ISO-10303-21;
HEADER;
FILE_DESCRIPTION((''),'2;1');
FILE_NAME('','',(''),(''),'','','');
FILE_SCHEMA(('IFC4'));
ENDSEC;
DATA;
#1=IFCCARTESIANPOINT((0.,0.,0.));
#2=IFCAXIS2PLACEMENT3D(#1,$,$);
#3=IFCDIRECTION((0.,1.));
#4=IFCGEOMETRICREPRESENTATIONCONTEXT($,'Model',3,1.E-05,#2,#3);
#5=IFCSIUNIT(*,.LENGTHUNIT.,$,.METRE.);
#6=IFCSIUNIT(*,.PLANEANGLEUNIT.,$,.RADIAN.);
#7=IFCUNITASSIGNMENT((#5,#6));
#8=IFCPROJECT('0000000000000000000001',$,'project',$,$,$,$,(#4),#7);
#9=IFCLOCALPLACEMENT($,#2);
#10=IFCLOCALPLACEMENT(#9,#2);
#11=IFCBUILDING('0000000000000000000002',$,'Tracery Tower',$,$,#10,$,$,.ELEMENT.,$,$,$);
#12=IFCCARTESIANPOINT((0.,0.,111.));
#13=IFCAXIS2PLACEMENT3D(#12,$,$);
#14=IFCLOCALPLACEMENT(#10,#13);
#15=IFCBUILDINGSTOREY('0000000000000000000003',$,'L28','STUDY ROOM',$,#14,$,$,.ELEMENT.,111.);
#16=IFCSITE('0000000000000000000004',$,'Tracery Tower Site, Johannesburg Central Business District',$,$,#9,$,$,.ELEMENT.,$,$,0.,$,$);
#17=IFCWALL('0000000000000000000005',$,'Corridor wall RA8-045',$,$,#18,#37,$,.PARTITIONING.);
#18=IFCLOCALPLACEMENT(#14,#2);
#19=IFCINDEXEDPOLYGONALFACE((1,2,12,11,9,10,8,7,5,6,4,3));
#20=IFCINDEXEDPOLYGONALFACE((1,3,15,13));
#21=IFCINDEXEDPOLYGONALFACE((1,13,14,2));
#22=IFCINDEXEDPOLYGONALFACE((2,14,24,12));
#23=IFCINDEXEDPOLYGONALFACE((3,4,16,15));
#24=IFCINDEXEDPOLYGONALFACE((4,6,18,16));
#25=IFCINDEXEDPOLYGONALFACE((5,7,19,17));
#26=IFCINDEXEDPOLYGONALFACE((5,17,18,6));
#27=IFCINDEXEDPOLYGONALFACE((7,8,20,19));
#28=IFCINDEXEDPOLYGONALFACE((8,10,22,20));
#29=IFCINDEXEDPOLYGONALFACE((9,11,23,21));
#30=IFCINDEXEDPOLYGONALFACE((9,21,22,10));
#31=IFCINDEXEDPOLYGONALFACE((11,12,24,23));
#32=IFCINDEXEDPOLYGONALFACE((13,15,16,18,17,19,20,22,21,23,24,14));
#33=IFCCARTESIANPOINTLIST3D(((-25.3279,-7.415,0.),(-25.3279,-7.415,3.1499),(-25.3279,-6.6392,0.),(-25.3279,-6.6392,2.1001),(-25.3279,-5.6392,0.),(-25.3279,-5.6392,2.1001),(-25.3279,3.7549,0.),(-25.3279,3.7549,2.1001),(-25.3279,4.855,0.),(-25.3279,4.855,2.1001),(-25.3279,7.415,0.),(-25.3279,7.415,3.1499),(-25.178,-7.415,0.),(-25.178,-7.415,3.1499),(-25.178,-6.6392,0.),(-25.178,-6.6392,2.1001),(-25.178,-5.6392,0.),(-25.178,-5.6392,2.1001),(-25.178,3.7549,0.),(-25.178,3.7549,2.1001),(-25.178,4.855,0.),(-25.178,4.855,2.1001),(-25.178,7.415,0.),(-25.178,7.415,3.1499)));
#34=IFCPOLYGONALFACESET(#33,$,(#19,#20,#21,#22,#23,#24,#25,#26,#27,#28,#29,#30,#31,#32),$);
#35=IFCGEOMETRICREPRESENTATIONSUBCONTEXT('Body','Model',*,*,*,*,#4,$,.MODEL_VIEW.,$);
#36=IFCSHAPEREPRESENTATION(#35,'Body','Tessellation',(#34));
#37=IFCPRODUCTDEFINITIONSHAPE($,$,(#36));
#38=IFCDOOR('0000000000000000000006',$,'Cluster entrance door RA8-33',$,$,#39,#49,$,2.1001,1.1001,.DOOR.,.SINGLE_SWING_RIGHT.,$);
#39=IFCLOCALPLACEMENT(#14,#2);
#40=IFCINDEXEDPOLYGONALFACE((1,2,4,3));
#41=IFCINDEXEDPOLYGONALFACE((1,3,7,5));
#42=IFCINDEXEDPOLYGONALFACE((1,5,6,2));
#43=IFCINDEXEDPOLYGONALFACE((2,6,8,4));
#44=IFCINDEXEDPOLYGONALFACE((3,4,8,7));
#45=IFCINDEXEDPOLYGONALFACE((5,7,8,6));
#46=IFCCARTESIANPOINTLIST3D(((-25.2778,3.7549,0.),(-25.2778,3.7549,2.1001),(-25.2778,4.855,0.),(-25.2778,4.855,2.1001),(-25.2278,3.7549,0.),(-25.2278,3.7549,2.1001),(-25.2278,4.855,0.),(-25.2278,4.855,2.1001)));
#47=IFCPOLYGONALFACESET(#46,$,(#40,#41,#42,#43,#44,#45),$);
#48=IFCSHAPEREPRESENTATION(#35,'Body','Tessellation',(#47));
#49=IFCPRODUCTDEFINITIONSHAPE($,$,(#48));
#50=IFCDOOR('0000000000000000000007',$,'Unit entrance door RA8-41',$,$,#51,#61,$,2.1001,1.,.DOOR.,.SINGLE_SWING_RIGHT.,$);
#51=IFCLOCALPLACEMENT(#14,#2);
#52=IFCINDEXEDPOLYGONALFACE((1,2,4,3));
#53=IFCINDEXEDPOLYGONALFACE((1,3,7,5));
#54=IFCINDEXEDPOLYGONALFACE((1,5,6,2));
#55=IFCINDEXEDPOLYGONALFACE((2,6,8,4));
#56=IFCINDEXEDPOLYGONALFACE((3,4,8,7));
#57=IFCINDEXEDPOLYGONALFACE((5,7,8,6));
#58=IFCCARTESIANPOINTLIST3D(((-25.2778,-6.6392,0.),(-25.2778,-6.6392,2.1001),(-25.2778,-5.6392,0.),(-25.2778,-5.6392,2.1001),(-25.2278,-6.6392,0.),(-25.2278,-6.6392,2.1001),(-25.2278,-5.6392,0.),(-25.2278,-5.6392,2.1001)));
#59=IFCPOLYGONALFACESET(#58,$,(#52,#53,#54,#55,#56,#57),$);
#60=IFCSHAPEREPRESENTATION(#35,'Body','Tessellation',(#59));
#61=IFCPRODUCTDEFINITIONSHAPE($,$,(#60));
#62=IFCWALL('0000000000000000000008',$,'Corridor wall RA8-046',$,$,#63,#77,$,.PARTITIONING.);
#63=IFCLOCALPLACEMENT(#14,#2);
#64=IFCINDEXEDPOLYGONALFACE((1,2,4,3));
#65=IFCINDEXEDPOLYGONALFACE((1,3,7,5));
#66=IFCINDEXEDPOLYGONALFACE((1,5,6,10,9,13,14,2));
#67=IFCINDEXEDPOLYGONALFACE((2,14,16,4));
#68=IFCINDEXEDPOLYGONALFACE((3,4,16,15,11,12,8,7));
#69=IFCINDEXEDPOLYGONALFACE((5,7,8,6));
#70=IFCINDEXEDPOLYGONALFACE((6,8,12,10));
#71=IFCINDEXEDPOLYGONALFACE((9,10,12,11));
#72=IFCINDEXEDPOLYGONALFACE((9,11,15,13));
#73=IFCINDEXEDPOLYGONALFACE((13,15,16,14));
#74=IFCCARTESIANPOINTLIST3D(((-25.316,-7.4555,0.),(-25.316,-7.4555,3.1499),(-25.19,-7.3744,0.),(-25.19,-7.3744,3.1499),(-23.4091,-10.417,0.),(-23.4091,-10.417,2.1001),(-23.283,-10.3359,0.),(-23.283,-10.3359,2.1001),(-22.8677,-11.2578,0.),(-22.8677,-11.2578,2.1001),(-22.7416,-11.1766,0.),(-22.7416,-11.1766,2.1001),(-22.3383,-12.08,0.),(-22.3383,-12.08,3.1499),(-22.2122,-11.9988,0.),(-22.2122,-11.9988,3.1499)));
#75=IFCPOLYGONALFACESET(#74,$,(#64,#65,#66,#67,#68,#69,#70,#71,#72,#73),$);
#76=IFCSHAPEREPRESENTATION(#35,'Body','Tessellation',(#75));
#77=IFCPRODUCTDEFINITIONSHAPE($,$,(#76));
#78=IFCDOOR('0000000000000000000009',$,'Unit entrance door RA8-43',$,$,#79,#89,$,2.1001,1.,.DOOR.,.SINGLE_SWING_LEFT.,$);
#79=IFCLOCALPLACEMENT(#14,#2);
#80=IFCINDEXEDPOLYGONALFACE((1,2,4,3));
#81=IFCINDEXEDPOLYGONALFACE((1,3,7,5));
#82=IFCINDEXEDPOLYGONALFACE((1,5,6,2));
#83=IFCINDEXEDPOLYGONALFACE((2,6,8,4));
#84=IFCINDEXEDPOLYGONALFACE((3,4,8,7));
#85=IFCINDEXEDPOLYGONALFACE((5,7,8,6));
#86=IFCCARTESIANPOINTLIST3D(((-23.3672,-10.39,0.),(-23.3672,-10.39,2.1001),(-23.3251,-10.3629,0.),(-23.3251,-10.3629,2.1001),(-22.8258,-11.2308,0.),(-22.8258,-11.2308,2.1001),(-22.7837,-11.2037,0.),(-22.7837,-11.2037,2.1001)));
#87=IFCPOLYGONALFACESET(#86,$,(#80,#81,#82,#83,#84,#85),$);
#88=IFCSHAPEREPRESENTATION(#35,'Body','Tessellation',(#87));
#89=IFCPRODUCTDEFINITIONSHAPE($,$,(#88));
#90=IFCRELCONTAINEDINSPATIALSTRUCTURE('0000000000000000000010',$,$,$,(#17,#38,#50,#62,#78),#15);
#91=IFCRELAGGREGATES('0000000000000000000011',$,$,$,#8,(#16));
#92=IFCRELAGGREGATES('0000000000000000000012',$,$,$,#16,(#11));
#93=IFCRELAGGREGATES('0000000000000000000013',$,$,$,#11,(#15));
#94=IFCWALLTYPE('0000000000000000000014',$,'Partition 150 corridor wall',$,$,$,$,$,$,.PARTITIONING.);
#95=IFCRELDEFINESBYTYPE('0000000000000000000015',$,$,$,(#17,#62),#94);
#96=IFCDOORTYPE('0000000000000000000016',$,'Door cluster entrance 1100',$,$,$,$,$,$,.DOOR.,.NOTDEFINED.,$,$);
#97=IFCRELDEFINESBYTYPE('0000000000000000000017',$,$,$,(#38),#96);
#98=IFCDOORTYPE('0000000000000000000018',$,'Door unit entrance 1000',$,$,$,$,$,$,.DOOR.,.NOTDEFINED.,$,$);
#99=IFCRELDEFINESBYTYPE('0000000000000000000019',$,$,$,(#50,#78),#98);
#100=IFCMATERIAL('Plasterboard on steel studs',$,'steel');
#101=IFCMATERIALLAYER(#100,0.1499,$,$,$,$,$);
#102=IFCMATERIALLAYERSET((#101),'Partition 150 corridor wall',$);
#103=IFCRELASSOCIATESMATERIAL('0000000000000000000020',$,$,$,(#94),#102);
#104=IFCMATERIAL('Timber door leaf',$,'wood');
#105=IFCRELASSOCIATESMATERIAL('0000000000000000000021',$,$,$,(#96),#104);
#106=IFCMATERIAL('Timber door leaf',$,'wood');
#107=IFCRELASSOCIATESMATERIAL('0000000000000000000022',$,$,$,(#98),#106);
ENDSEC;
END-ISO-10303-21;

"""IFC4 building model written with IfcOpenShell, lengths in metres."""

from ifc_helpers import new_model, si_unit, direction, frame, frame_2d, origin, place, context, subcontext, project, spatial, rectangle, extrude, material, layer, layer_set, type_object, element, fill, save


model = new_model("IFC4")

# Units and contexts
model_context = context("Model", 3, precision=1e-05, world=origin(), true_north=direction((0.0, 1.0)))
body_context = subcontext(model_context, "Body", "Model", "MODEL_VIEW")
ifc_project = project(units=[si_unit("LENGTHUNIT", "METRE"), si_unit("PLANEANGLEUNIT", "RADIAN")], contexts=[model_context])

# Site, building, storey
site_placement = place(None, origin())
site = spatial("IfcSite", under=ifc_project, at=site_placement, Name="Tracery Tower Site, Johannesburg Central Business District", CompositionType="ELEMENT", RefElevation=0.0)
building_placement = place(site_placement, origin())
building = spatial("IfcBuilding", under=site, at=building_placement, Name="Tracery Tower", CompositionType="ELEMENT")
storey_placement = place(building_placement, frame((0.0, 0.0, 111.0)))
storey = spatial("IfcBuildingStorey", under=building, at=storey_placement, Name="L28", Description="STUDY ROOM", CompositionType="ELEMENT", Elevation=111.0)

# Shared definitions
ifc_material_1 = material(Name="Plasterboard on steel studs", Category="steel")
ifc_layer_1 = layer(ifc_material_1, 0.1499)
ifc_layer_set_1 = layer_set([ifc_layer_1], Name="Partition 150 corridor wall")
wall_type_1 = type_object("IfcWallType", Name="Partition 150 corridor wall", PredefinedType="PARTITIONING", material=ifc_layer_set_1)

# Wall, openings, doors
wall_1_placement = place(storey_placement, frame((-25.2529, -7.415, 0.0), z_axis=(0.0, 0.0, 1.0), x_axis=(0.0, 1.0, 0.0)))
wall_1 = element("IfcWall", 1, at=wall_1_placement, inside=storey, type_object=wall_type_1, Name="Corridor wall RA8-045", PredefinedType="PARTITIONING", context=body_context, shape_type="SweptSolid", body=[
    extrude(rectangle(XDim=14.8301, YDim=0.1499, at=frame_2d((7.415, 0.0))), origin(), (0.0, 0.0, 1.0), 3.1499),
])
opening_1_placement = place(wall_1_placement, frame((11.1699, 0.0, 0.0)))
opening_1 = element("IfcOpeningElement", 2, at=opening_1_placement, cuts=wall_1, PredefinedType="OPENING", context=body_context, shape_type="SweptSolid", body=[
    extrude(rectangle(XDim=1.1001, YDim=2.1001, at=frame_2d((0.55, 1.05))), frame((0.0, 0.075, 0.0), z_axis=(0.0, -1.0, 0.0), x_axis=(1.0, 0.0, 0.0)), (0.0, 0.0, 1.0), 0.1499),
])
opening_2_placement = place(wall_1_placement, frame((0.7759, 0.0, 0.0)))
opening_2 = element("IfcOpeningElement", 3, at=opening_2_placement, cuts=wall_1, PredefinedType="OPENING", context=body_context, shape_type="SweptSolid", body=[
    extrude(rectangle(XDim=1.0, YDim=2.1001, at=frame_2d((0.5, 1.05))), frame((0.0, 0.075, 0.0), z_axis=(0.0, -1.0, 0.0), x_axis=(1.0, 0.0, 0.0)), (0.0, 0.0, 1.0), 0.1499),
])
ifc_material_2 = material(Name="Timber door leaf", Category="wood")
door_type_1 = type_object("IfcDoorType", Name="Door cluster entrance 1100", OperationType="NOTDEFINED", PredefinedType="DOOR", material=ifc_material_2)
door_1_placement = place(opening_1_placement, origin())
door_1 = element("IfcDoor", 4, at=door_1_placement, inside=storey, type_object=door_type_1, Name="Cluster entrance door RA8-33", OperationType="SINGLE_SWING_RIGHT", OverallHeight=2.1001, OverallWidth=1.1001, PredefinedType="DOOR", context=body_context, shape_type="SweptSolid", body=[
    extrude(rectangle(XDim=1.1001, YDim=2.1001, at=frame_2d((0.55, 1.05))), frame((0.0, 0.0249, 0.0), z_axis=(0.0, -1.0, 0.0), x_axis=(1.0, 0.0, 0.0)), (0.0, 0.0, 1.0), 0.05),
])
fill(opening_1, door_1)
ifc_material_3 = material(Name="Timber door leaf", Category="wood")
door_type_2 = type_object("IfcDoorType", Name="Door unit entrance 1000", OperationType="NOTDEFINED", PredefinedType="DOOR", material=ifc_material_3)
door_2_placement = place(opening_2_placement, origin())
door_2 = element("IfcDoor", 5, at=door_2_placement, inside=storey, type_object=door_type_2, Name="Unit entrance door RA8-41", OperationType="SINGLE_SWING_RIGHT", OverallHeight=2.1001, OverallWidth=1.0, PredefinedType="DOOR", context=body_context, shape_type="SweptSolid", body=[
    extrude(rectangle(XDim=1.0, YDim=2.1001, at=frame_2d((0.5, 1.05))), frame((0.0, 0.0249, 0.0), z_axis=(0.0, -1.0, 0.0), x_axis=(1.0, 0.0, 0.0)), (0.0, 0.0, 1.0), 0.05),
])
fill(opening_2, door_2)

# Wall, opening, door
wall_2_placement = place(storey_placement, frame((-25.2529, -7.415, 0.0), z_axis=(0.0, 0.0, 1.0), x_axis=(0.541386, -0.840774, 0.0)))
wall_2 = element("IfcWall", 6, at=wall_2_placement, inside=storey, type_object=wall_type_1, Name="Corridor wall RA8-046", PredefinedType="PARTITIONING", context=body_context, shape_type="SweptSolid", body=[
    extrude(rectangle(XDim=5.5002, YDim=0.1499, at=frame_2d((2.75, 0.0))), origin(), (0.0, 0.0, 1.0), 3.1499),
])
opening_3_placement = place(wall_2_placement, frame((3.5222, 0.0, 0.0)))
opening_3 = element("IfcOpeningElement", 7, at=opening_3_placement, cuts=wall_2, PredefinedType="OPENING", context=body_context, shape_type="SweptSolid", body=[
    extrude(rectangle(XDim=1.0, YDim=2.1001, at=frame_2d((0.5, 1.05))), frame((0.0, 0.075, 0.0), z_axis=(0.0, -1.0, 0.0), x_axis=(1.0, 0.0, 0.0)), (0.0, 0.0, 1.0), 0.1499),
])
door_3_placement = place(opening_3_placement, origin())
door_3 = element("IfcDoor", 8, at=door_3_placement, inside=storey, type_object=door_type_2, Name="Unit entrance door RA8-43", OperationType="SINGLE_SWING_LEFT", OverallHeight=2.1001, OverallWidth=1.0, PredefinedType="DOOR", context=body_context, shape_type="SweptSolid", body=[
    extrude(rectangle(XDim=1.0, YDim=2.1001, at=frame_2d((0.5, 1.05))), frame((0.0, 0.0249, 0.0), z_axis=(0.0, -1.0, 0.0), x_axis=(1.0, 0.0, 0.0)), (0.0, 0.0, 1.0), 0.05),
])
fill(opening_3, door_3)

save(model, "model.ifc")
